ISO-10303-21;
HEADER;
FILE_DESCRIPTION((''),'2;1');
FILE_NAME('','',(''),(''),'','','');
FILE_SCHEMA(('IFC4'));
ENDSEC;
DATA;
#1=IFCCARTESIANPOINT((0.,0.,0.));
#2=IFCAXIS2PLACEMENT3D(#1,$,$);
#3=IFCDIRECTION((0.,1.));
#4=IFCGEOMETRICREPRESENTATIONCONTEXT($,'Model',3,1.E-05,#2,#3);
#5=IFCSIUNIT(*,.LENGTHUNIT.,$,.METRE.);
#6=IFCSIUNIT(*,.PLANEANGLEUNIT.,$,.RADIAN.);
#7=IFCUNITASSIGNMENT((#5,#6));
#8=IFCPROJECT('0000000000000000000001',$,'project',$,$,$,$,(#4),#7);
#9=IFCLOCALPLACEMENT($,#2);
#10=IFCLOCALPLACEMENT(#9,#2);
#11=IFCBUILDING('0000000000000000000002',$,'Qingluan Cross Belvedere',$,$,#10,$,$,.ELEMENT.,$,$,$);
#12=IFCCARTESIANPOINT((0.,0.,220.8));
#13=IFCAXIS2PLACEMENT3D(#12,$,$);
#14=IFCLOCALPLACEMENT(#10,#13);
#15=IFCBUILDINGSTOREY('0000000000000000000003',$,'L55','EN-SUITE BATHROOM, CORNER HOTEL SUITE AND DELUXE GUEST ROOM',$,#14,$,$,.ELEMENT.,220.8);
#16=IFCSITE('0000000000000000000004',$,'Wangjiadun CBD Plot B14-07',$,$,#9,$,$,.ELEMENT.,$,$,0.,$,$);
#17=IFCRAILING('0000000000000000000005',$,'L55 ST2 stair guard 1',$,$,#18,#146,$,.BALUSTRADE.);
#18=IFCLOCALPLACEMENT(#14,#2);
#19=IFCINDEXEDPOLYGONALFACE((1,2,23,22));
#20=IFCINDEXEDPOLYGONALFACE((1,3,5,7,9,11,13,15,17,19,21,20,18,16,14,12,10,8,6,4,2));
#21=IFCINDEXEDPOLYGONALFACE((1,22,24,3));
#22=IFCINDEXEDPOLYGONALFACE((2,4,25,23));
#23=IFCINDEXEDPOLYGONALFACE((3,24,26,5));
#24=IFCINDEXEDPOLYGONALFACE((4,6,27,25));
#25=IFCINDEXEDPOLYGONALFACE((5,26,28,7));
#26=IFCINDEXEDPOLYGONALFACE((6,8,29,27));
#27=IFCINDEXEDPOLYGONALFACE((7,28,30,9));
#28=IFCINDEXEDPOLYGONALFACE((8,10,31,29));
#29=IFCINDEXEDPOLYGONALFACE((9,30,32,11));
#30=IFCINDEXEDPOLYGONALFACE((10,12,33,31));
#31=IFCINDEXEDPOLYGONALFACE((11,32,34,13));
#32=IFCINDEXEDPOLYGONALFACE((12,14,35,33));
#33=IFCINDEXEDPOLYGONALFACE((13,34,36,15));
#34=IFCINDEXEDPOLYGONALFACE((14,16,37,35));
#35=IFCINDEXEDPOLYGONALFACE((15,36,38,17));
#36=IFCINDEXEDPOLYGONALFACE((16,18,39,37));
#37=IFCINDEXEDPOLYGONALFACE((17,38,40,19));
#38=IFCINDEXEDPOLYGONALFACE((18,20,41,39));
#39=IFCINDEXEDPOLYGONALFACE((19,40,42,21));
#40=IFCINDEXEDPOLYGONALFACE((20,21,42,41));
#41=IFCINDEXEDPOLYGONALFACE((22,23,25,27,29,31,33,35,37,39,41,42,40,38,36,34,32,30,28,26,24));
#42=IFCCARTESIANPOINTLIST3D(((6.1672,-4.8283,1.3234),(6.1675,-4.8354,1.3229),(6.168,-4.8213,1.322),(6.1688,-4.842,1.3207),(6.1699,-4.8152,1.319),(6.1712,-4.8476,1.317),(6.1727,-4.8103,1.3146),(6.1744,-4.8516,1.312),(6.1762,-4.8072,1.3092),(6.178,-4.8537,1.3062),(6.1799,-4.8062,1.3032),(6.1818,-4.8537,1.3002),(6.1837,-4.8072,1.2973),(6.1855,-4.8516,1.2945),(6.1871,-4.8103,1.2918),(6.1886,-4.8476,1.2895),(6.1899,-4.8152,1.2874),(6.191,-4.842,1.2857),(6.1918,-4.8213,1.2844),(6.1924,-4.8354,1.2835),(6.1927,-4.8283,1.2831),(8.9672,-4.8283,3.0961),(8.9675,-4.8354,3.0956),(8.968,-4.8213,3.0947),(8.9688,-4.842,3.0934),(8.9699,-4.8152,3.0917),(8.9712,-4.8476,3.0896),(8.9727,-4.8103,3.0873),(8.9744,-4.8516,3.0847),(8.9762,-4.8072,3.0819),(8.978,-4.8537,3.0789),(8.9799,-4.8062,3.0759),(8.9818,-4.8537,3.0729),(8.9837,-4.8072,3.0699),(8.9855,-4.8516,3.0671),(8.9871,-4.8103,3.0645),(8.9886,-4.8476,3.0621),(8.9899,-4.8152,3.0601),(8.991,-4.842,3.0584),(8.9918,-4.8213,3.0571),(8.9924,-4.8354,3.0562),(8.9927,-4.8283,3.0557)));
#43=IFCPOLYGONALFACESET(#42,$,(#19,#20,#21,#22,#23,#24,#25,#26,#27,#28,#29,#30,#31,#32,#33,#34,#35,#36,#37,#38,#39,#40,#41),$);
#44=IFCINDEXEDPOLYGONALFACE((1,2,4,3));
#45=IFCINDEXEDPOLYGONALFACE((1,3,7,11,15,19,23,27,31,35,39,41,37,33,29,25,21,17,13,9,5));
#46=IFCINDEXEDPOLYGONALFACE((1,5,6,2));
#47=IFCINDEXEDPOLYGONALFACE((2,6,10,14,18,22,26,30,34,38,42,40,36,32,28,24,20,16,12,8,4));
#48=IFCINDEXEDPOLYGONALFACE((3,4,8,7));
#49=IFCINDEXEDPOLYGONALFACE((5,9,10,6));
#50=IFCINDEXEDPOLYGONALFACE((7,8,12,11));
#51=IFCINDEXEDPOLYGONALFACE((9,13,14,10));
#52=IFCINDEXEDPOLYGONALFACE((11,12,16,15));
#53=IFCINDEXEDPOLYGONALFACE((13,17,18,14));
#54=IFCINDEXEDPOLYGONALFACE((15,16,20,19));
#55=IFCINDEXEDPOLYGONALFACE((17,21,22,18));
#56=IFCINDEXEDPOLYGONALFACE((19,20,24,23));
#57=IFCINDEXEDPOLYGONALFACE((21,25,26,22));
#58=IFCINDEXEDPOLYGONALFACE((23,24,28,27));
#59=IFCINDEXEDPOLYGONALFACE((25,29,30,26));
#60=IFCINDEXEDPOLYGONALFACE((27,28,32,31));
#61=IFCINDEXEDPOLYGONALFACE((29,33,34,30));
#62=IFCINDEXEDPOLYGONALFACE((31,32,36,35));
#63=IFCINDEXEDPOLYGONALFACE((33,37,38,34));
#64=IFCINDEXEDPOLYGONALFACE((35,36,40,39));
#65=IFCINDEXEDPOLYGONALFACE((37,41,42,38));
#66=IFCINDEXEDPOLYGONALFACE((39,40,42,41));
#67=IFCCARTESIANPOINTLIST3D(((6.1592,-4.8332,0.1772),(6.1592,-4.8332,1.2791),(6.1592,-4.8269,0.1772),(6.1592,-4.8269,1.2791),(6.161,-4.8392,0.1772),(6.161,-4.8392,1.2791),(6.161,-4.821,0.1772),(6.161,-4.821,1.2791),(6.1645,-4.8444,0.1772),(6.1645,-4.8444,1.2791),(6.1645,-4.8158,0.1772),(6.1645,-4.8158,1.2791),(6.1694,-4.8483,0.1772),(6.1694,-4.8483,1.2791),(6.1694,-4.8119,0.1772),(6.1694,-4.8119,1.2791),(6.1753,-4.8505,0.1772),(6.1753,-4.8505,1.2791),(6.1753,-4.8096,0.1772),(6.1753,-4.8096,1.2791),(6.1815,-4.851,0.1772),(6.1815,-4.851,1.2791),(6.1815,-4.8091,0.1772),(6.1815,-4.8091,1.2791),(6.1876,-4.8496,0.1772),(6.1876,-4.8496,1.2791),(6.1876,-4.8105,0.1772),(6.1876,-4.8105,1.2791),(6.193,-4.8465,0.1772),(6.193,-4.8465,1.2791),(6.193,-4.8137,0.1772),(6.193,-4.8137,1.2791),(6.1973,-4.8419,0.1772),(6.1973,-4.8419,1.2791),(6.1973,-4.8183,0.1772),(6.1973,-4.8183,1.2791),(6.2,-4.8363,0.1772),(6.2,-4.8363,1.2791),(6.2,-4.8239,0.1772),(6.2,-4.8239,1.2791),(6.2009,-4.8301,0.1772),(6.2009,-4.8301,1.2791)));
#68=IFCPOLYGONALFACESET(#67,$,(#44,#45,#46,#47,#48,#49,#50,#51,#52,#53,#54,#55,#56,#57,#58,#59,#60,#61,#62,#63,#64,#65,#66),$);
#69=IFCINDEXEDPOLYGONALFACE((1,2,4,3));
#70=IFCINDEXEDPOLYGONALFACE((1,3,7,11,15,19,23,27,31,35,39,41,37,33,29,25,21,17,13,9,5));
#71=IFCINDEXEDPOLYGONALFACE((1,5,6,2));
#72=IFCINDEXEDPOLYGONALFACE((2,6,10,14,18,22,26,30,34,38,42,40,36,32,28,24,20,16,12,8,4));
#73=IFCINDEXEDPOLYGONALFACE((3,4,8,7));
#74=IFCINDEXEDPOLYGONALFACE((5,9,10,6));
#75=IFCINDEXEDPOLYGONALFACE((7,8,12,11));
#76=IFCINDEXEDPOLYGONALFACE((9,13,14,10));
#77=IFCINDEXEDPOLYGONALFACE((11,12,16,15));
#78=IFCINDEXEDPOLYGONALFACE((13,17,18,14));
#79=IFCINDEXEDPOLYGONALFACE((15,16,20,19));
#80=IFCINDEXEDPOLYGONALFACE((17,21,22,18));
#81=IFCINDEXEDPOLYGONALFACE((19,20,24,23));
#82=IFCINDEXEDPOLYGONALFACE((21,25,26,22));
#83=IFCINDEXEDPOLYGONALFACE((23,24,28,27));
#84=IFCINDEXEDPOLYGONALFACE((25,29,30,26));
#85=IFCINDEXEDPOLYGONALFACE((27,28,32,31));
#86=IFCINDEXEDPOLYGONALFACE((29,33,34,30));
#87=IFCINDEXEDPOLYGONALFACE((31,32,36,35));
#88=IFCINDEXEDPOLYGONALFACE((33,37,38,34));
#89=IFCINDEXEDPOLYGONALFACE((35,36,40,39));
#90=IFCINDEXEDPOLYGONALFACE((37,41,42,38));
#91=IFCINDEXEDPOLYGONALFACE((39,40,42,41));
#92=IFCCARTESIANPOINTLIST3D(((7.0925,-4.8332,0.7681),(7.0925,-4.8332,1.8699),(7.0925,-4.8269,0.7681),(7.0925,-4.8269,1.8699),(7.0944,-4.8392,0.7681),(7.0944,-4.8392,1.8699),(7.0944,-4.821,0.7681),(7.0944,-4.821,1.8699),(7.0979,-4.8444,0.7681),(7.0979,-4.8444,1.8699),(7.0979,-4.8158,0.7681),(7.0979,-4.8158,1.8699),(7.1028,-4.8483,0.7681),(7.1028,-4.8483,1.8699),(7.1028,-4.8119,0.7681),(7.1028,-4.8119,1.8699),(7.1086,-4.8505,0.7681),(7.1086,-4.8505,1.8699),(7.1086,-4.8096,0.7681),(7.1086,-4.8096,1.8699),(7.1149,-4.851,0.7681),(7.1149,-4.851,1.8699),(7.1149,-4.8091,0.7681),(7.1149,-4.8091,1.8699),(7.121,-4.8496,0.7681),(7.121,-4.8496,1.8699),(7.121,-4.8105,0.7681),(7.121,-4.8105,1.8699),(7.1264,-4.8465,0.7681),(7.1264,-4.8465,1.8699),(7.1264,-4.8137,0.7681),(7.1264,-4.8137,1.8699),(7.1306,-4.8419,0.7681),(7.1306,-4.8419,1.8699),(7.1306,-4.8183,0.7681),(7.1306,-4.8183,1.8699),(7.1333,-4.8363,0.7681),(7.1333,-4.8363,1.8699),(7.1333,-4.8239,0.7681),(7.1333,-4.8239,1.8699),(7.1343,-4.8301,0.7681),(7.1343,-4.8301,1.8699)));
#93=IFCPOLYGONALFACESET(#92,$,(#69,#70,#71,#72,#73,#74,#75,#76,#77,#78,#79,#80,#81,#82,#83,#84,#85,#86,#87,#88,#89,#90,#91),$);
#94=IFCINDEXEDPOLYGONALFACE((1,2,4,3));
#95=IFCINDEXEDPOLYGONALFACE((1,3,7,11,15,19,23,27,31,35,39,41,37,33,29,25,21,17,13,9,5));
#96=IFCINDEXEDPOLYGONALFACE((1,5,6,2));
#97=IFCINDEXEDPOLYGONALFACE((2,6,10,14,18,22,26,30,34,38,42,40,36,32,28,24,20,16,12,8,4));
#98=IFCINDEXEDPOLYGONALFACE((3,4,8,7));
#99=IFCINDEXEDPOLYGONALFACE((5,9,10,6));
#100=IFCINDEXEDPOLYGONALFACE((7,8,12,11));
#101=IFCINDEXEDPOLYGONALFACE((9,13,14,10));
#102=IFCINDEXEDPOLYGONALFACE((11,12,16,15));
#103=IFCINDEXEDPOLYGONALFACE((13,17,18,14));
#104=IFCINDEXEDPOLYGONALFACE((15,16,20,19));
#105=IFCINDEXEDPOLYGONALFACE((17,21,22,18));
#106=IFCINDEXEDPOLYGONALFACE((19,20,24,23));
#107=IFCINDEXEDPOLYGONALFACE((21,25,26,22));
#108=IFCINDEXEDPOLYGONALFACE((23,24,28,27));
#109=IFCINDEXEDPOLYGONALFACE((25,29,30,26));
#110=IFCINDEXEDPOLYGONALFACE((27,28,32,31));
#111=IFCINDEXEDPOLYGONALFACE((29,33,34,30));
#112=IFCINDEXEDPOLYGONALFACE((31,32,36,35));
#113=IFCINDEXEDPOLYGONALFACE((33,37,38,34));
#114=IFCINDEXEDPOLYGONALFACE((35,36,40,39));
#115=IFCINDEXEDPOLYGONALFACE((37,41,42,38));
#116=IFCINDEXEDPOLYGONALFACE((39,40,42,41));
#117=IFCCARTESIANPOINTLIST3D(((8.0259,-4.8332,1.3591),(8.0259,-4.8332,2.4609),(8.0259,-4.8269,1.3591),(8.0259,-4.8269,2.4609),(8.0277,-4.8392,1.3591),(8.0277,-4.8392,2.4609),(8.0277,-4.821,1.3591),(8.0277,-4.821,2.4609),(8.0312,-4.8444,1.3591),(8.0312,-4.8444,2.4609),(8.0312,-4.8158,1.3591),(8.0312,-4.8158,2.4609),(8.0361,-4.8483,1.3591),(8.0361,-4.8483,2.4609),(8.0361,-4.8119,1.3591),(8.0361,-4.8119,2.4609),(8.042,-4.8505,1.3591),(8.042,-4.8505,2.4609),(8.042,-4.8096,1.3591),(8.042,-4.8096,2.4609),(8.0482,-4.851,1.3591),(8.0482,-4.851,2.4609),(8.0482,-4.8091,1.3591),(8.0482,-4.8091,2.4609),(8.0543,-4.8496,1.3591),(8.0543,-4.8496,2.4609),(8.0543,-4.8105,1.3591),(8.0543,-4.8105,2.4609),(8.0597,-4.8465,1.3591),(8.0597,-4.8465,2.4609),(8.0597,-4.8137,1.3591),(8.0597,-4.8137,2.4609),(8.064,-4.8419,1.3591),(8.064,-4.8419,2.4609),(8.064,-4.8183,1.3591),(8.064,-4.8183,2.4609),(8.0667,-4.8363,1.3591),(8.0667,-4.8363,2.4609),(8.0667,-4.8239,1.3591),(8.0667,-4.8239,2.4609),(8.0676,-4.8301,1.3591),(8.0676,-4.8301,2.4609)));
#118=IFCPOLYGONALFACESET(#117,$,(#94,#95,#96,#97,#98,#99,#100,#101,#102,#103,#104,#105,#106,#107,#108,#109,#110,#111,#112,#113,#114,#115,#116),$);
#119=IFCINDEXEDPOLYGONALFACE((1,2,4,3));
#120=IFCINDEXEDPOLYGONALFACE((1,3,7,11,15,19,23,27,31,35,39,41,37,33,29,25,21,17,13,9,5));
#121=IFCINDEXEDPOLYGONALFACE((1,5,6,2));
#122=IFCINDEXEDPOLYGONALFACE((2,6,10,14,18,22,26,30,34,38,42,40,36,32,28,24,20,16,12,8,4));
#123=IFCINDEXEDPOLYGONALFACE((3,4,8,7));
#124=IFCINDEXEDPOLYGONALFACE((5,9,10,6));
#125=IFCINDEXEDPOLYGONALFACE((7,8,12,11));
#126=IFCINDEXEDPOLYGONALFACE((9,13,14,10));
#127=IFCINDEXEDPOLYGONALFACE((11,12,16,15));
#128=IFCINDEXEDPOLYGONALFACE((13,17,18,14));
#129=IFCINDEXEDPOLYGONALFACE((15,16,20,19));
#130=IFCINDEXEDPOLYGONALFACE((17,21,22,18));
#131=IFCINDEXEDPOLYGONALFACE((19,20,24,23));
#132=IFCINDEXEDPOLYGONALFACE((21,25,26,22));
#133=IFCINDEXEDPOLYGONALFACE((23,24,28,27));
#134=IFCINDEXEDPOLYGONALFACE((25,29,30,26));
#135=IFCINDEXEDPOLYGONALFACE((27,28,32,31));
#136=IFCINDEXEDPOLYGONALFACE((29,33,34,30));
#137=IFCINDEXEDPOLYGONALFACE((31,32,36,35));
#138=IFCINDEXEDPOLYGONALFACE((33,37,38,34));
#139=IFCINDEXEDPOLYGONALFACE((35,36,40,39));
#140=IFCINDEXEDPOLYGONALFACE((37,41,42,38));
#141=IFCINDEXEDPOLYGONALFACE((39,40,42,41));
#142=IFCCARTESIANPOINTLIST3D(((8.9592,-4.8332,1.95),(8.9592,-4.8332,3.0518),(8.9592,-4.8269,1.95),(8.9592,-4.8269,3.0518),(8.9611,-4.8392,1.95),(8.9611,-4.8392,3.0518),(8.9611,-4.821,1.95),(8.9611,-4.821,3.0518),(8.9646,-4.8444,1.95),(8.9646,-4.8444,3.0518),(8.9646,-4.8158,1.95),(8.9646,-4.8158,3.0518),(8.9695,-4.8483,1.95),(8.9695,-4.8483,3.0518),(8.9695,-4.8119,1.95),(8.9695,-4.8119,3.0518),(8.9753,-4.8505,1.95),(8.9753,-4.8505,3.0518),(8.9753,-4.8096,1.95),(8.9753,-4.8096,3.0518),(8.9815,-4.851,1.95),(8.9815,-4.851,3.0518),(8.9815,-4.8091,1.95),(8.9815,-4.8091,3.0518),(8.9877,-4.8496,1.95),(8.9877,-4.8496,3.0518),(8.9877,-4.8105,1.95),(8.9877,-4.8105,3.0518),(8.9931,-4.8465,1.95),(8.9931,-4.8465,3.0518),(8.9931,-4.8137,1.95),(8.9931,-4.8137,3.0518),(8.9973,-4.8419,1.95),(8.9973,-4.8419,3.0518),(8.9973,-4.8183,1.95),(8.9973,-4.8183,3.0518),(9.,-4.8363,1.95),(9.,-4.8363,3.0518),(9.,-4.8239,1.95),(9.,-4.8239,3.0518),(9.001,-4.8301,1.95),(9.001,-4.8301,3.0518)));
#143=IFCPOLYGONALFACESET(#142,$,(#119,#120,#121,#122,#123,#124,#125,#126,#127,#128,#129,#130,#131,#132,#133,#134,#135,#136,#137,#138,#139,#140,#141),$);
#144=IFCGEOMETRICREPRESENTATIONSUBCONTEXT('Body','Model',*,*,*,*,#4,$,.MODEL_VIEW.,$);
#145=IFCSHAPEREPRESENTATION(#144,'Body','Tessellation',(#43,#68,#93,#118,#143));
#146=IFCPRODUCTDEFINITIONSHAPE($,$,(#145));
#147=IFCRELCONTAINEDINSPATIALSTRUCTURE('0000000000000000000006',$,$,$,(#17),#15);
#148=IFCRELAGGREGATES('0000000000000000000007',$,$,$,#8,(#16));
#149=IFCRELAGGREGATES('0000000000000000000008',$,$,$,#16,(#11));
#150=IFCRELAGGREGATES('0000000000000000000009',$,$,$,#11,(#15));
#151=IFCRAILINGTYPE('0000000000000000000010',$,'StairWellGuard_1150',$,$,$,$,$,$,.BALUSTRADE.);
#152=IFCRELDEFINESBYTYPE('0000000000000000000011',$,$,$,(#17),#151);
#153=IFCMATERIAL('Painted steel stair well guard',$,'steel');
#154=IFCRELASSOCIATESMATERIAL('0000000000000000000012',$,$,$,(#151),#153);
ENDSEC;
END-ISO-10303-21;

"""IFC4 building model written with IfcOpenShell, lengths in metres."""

from ifc_helpers import new_model, si_unit, direction, frame, origin, origin_2d, place, context, subcontext, project, spatial, circle, extrude, material, type_object, element, save


model = new_model("IFC4")

# Units and contexts
model_context = context("Model", 3, precision=1e-05, world=origin(), true_north=direction((0.0, 1.0)))
body_context = subcontext(model_context, "Body", "Model", "MODEL_VIEW")
ifc_project = project(units=[si_unit("LENGTHUNIT", "METRE"), si_unit("PLANEANGLEUNIT", "RADIAN")], contexts=[model_context])

# Site, building, storey
site_placement = place(None, origin())
site = spatial("IfcSite", under=ifc_project, at=site_placement, Name="Wangjiadun CBD Plot B14-07", CompositionType="ELEMENT", RefElevation=0.0)
building_placement = place(site_placement, origin())
building = spatial("IfcBuilding", under=site, at=building_placement, Name="Qingluan Cross Belvedere", CompositionType="ELEMENT")
storey_placement = place(building_placement, frame((0.0, 0.0, 220.8)))
storey = spatial("IfcBuildingStorey", under=building, at=storey_placement, Name="L55", Description="EN-SUITE BATHROOM, CORNER HOTEL SUITE AND DELUXE GUEST ROOM", CompositionType="ELEMENT", Elevation=220.8)

# Railing
ifc_material_1 = material(Name="Painted steel stair well guard", Category="steel")
railing_type_1 = type_object("IfcRailingType", Name="StairWellGuard_1150", PredefinedType="BALUSTRADE", material=ifc_material_1)
railing_1_placement = place(storey_placement, frame((6.1799, -4.8301, 0.1772)))
element("IfcRailing", 1, at=railing_1_placement, inside=storey, type_object=railing_type_1, Name="L55 ST2 stair guard 1", PredefinedType="BALUSTRADE", context=body_context, shape_type="SweptSolid", body=[
    extrude(circle(Radius=0.0239, at=origin_2d()), frame((0.0, 0.0, 1.126), z_axis=(0.844909, 0.0, 0.53491), x_axis=(0.0, 1.0, 0.0)), (0.0, 0.0, 1.0), 3.314),
    extrude(circle(Radius=0.021, at=origin_2d()), origin(), (0.0, 0.0, 1.0), 1.1018),
    extrude(circle(Radius=0.021, at=origin_2d()), frame((0.9333, 0.0, 0.5908)), (0.0, 0.0, 1.0), 1.1018),
    extrude(circle(Radius=0.021, at=origin_2d()), frame((1.8667, 0.0, 1.1819)), (0.0, 0.0, 1.0), 1.1018),
    extrude(circle(Radius=0.021, at=origin_2d()), frame((2.8, 0.0, 1.7727)), (0.0, 0.0, 1.0), 1.1018),
])

save(model, "model.ifc")
